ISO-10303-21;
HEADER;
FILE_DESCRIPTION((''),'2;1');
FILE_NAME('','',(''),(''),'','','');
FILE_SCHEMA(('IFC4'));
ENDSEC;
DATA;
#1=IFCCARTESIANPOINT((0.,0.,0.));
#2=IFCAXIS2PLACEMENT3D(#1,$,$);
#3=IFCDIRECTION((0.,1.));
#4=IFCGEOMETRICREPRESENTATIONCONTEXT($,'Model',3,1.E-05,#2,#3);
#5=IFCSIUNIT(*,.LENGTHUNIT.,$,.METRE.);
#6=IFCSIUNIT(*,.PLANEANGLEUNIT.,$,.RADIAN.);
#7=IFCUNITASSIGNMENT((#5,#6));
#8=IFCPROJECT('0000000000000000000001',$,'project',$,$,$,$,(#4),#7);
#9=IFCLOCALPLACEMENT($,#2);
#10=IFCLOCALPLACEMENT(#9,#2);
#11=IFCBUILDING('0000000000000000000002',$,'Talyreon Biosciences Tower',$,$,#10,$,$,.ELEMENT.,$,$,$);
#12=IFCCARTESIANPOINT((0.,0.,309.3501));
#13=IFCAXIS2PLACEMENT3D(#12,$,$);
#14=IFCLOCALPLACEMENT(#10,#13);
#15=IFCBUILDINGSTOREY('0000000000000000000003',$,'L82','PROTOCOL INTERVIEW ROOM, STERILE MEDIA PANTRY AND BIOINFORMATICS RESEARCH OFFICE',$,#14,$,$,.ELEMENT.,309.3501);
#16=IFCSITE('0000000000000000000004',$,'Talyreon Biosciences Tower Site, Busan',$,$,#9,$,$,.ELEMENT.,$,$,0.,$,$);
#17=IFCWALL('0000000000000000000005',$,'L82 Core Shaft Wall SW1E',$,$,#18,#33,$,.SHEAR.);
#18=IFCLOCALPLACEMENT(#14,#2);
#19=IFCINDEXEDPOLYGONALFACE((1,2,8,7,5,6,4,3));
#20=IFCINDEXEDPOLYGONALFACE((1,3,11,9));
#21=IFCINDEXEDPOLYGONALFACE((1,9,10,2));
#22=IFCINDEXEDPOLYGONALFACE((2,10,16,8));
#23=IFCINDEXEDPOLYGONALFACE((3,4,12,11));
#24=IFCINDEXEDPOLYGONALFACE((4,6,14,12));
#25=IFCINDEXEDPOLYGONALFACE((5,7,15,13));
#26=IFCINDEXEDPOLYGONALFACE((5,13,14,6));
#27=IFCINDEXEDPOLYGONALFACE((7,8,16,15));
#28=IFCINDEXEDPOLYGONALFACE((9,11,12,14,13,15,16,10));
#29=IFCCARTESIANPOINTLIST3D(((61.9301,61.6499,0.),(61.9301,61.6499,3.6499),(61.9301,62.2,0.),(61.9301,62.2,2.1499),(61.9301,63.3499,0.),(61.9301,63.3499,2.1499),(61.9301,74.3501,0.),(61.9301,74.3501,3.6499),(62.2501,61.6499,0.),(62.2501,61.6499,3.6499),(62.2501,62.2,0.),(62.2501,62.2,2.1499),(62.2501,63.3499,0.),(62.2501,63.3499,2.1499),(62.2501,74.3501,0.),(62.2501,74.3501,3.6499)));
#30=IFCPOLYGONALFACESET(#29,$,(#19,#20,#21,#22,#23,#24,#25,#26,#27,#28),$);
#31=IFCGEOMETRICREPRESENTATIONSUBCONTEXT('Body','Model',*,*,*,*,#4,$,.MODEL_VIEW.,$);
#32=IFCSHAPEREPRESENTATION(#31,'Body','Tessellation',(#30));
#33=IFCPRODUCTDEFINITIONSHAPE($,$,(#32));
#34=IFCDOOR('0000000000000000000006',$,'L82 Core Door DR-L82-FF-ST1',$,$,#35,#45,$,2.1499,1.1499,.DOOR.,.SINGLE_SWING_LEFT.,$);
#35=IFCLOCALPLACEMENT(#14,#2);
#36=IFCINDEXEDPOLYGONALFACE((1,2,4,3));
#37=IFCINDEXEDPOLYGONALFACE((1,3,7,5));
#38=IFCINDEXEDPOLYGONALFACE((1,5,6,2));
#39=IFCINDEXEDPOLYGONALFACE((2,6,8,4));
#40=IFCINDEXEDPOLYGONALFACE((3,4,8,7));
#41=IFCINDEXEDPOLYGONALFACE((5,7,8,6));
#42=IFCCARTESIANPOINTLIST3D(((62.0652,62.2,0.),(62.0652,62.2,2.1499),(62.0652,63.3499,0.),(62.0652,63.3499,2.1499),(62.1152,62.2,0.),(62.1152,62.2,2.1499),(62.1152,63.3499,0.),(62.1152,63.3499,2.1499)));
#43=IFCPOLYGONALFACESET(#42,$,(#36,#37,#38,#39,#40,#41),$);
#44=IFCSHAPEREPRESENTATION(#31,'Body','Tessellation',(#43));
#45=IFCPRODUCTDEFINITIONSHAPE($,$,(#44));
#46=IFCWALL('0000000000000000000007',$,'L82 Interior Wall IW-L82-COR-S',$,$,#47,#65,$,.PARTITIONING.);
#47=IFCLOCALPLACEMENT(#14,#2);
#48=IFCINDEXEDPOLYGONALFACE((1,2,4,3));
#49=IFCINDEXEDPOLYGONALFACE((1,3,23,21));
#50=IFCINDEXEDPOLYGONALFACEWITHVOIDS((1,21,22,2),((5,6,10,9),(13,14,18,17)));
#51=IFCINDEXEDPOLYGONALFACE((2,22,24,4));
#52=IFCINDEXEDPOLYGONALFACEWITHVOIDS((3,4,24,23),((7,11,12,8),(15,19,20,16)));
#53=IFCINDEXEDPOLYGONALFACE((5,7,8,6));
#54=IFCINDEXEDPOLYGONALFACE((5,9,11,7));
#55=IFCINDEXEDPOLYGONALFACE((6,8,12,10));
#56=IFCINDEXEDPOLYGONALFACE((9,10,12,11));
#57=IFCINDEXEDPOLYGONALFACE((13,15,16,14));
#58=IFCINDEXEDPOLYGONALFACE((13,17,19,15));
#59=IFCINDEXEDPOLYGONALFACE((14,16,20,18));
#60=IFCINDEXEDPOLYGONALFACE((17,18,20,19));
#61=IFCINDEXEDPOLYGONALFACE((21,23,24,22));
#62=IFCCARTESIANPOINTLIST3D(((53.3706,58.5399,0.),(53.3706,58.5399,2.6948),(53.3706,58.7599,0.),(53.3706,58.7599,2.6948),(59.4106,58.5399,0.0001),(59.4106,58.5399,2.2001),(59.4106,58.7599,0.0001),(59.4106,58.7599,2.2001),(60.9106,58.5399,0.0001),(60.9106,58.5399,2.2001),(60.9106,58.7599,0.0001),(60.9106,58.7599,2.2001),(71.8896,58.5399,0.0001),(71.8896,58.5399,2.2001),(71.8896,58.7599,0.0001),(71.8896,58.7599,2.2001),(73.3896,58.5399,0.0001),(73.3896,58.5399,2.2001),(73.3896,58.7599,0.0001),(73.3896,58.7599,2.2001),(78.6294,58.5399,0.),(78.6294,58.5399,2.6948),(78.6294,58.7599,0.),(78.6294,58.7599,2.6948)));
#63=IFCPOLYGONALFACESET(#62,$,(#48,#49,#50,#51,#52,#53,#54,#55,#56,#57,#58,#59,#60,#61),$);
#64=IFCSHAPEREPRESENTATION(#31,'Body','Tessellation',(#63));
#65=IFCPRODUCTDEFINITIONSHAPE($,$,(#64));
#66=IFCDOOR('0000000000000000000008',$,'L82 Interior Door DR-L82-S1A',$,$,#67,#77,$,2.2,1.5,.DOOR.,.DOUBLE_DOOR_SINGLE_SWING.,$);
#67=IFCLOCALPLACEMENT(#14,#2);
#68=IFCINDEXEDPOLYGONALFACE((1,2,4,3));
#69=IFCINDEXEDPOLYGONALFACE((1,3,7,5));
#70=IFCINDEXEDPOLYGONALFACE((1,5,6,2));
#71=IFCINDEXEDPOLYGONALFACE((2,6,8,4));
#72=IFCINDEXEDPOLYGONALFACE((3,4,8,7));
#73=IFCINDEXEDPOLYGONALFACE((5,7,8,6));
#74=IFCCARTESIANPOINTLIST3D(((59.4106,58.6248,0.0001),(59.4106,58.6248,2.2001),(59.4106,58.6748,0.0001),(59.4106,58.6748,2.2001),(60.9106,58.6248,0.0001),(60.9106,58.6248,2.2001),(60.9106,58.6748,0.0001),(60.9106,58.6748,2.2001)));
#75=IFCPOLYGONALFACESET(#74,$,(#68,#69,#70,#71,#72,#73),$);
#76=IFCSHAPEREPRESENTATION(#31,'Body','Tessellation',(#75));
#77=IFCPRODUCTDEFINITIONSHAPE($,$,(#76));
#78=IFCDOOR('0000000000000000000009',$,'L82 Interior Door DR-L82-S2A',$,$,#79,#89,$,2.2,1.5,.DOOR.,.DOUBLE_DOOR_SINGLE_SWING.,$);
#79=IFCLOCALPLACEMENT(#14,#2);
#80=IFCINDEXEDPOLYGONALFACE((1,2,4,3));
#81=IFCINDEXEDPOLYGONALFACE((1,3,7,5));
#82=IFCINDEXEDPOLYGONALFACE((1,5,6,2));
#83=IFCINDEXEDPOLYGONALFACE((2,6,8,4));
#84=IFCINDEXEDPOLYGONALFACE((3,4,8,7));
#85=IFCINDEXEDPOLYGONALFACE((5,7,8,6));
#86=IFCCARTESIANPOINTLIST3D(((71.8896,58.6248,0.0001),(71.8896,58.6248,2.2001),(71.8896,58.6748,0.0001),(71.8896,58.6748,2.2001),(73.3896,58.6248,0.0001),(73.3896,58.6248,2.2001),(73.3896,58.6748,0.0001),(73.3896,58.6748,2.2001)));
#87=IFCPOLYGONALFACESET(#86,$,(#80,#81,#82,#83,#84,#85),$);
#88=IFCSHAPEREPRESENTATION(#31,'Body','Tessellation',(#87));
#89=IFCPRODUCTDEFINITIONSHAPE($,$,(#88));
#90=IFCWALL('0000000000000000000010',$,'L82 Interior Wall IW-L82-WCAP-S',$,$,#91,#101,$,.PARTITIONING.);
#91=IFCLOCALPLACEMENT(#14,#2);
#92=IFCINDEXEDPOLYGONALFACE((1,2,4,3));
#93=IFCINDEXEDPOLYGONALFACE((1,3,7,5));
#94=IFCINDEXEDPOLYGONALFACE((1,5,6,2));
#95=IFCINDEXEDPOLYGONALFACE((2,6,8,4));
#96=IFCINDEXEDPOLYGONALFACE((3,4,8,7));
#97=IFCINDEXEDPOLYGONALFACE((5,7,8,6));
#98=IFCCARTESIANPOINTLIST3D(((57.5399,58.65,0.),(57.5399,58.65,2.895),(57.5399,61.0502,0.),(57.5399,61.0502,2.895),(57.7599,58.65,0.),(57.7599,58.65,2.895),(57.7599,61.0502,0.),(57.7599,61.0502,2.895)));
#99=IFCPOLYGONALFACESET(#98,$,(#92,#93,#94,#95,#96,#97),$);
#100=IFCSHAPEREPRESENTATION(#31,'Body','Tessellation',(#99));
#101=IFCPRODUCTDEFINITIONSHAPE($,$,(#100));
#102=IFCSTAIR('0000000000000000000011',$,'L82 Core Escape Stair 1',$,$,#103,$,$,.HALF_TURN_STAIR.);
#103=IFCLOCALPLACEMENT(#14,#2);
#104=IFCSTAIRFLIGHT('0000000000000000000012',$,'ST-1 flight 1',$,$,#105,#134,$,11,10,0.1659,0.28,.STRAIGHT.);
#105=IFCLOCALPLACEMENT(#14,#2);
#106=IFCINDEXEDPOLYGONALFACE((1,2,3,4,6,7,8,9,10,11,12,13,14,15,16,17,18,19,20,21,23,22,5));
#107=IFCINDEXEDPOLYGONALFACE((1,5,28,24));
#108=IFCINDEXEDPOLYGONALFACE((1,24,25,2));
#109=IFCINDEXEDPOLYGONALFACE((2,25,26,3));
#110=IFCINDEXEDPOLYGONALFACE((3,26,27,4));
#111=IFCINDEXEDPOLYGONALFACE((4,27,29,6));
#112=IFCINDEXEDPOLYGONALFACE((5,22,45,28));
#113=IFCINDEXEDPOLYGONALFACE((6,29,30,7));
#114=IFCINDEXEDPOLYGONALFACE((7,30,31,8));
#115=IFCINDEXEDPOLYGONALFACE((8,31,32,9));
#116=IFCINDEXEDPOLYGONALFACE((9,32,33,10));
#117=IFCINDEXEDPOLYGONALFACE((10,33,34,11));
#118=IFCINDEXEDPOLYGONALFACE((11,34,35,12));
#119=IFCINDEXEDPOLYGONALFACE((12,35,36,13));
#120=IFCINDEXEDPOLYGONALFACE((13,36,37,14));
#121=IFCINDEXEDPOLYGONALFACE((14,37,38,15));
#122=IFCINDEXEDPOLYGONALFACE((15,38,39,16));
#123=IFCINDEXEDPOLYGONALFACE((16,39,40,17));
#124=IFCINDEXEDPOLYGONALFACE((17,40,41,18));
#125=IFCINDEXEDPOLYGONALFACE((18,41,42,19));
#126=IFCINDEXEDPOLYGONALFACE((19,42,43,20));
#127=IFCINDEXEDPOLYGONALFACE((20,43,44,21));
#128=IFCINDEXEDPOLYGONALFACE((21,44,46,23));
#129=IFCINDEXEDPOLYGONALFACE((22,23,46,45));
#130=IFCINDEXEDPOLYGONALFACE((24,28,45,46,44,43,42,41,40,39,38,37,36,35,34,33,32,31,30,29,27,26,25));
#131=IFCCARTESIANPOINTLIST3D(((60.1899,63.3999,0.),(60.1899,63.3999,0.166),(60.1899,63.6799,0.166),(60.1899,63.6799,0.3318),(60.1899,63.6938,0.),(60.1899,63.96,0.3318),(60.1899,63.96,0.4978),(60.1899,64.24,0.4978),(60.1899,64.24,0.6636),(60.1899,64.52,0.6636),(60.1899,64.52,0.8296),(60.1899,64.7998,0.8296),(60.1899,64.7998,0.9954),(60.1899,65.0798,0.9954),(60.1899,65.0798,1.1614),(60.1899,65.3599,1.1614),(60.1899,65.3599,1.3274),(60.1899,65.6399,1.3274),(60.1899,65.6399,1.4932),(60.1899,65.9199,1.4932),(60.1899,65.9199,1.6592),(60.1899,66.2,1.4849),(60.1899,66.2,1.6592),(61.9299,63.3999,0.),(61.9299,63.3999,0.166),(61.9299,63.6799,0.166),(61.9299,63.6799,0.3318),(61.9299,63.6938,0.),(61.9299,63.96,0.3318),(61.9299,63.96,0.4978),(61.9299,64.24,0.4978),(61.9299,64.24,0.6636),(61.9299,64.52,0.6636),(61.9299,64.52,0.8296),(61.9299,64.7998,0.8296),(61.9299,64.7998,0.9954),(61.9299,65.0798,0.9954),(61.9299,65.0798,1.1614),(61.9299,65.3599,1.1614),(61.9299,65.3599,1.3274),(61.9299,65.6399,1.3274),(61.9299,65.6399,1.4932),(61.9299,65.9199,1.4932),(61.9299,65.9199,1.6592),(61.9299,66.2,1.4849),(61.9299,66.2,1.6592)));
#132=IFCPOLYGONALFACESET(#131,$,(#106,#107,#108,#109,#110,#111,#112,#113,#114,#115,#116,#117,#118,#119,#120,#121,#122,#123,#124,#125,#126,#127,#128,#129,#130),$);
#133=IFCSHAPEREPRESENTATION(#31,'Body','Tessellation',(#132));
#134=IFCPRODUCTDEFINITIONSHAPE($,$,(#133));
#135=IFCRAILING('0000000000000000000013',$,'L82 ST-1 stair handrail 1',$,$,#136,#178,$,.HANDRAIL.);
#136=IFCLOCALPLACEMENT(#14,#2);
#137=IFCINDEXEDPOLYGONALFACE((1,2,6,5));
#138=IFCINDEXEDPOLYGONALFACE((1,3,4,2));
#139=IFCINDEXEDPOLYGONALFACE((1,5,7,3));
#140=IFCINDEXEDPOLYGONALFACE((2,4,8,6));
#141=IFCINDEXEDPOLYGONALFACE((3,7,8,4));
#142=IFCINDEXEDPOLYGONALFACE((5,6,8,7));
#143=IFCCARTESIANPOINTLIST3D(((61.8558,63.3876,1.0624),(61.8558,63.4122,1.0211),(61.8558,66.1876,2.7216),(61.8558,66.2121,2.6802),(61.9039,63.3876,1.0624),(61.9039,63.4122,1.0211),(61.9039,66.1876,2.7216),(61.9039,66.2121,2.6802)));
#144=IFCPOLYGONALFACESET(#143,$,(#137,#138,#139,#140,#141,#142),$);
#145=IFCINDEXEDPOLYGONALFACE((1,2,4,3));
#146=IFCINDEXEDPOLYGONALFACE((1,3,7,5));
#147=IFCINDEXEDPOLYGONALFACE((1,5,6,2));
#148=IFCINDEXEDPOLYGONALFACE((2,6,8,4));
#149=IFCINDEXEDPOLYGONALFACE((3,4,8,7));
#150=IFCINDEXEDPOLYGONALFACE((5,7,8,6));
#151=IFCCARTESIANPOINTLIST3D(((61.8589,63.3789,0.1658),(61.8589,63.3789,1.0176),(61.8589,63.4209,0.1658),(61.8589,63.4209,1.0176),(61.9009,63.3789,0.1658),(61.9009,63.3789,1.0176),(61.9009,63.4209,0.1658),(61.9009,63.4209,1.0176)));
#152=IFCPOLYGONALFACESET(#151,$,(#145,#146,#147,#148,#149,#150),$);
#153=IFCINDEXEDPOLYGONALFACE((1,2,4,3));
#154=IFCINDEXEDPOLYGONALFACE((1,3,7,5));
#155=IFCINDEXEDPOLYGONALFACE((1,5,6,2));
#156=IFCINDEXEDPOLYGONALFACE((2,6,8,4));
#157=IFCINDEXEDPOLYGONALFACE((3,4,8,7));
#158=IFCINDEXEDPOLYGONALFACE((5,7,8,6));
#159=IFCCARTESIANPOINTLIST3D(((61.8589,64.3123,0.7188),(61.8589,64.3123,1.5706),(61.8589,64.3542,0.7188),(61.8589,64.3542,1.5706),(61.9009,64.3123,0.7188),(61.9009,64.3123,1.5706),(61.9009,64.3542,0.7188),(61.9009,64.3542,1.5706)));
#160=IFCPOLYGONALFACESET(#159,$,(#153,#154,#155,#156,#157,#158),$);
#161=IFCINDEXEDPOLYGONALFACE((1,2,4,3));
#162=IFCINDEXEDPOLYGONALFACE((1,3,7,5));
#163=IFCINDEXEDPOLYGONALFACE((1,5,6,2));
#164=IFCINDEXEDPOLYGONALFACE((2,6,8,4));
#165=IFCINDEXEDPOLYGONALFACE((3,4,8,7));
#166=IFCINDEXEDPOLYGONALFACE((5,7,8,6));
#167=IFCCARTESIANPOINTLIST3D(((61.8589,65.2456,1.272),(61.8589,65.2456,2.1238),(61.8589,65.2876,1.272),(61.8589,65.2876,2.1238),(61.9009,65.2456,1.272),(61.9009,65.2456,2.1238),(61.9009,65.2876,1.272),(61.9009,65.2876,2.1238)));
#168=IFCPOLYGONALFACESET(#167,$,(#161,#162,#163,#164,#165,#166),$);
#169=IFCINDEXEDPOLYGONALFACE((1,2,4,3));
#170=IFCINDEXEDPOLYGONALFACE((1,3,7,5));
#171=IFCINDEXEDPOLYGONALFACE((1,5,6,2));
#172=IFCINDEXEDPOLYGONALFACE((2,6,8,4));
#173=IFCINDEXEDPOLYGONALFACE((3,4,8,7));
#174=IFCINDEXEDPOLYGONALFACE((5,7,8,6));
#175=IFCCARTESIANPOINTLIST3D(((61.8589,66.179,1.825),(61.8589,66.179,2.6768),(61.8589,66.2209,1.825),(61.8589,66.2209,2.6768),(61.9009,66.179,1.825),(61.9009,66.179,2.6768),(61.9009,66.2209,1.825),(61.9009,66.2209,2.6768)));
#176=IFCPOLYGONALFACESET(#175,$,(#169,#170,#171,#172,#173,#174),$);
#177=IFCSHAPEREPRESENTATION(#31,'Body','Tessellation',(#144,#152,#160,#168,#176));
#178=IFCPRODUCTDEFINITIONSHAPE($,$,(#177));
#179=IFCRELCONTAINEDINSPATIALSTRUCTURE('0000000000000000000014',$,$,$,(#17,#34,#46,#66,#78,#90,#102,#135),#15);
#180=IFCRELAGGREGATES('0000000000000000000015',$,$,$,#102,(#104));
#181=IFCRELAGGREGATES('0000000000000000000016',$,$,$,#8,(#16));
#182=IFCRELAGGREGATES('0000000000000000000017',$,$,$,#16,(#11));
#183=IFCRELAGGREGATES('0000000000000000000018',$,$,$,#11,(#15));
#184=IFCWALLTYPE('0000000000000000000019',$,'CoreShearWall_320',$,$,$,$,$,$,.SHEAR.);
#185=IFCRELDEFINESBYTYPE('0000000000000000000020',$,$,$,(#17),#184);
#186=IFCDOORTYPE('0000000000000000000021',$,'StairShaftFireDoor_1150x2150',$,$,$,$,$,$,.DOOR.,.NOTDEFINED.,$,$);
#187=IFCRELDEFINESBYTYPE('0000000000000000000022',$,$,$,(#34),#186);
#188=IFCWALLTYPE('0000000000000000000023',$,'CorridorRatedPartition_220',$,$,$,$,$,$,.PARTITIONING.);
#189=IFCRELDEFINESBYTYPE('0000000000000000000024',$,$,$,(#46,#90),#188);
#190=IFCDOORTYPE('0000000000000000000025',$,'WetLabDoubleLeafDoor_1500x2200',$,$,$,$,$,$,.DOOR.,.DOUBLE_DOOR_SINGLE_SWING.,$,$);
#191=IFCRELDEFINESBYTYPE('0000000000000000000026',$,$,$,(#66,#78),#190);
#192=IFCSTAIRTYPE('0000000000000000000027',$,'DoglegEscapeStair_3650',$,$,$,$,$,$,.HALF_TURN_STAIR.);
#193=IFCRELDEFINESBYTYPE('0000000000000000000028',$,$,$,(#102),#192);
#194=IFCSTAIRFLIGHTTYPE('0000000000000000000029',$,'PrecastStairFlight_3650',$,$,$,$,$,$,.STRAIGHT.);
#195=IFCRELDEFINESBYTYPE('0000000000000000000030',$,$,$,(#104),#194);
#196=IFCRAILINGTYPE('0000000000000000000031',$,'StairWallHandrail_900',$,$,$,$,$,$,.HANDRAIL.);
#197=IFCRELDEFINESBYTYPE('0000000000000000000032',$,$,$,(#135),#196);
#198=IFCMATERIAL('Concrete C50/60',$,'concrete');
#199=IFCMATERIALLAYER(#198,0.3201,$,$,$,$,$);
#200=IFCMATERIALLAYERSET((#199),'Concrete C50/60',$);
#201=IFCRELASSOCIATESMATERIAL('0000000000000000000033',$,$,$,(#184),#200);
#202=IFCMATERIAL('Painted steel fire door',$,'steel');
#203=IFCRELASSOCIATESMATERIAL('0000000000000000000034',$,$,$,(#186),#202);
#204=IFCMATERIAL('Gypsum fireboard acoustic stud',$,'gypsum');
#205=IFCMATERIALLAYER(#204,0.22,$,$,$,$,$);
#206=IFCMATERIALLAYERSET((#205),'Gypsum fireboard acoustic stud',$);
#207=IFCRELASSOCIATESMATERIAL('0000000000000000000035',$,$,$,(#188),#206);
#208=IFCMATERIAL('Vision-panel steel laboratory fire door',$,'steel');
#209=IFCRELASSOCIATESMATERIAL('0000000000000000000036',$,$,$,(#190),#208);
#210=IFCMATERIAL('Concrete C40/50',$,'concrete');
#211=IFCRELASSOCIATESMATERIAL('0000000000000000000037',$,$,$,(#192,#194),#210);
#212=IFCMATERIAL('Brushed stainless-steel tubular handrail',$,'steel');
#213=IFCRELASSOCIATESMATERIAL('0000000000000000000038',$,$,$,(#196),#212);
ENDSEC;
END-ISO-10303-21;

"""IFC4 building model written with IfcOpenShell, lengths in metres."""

from ifc_helpers import new_model, si_unit, direction, frame, frame_2d, origin, origin_2d, place, context, subcontext, project, spatial, polyline, rectangle, outline, extrude, material, layer, layer_set, type_object, element, fill, aggregate, save


model = new_model("IFC4")

# Units and contexts
model_context = context("Model", 3, precision=1e-05, world=origin(), true_north=direction((0.0, 1.0)))
body_context = subcontext(model_context, "Body", "Model", "MODEL_VIEW")
ifc_project = project(units=[si_unit("LENGTHUNIT", "METRE"), si_unit("PLANEANGLEUNIT", "RADIAN")], contexts=[model_context])

# Site, building, storey
site_placement = place(None, origin())
site = spatial("IfcSite", under=ifc_project, at=site_placement, Name="Talyreon Biosciences Tower Site, Busan", CompositionType="ELEMENT", RefElevation=0.0)
building_placement = place(site_placement, origin())
building = spatial("IfcBuilding", under=site, at=building_placement, Name="Talyreon Biosciences Tower", CompositionType="ELEMENT")
storey_placement = place(building_placement, frame((0.0, 0.0, 309.3501)))
storey = spatial("IfcBuildingStorey", under=building, at=storey_placement, Name="L82", Description="PROTOCOL INTERVIEW ROOM, STERILE MEDIA PANTRY AND BIOINFORMATICS RESEARCH OFFICE", CompositionType="ELEMENT", Elevation=309.3501)

# Shared definitions
ifc_material_1 = material(Name="Concrete C50/60", Category="concrete")

# Wall, opening, door
ifc_layer_1 = layer(ifc_material_1, 0.3201)
ifc_layer_set_1 = layer_set([ifc_layer_1], Name="Concrete C50/60")
wall_type_1 = type_object("IfcWallType", Name="CoreShearWall_320", PredefinedType="SHEAR", material=ifc_layer_set_1)
wall_1_placement = place(storey_placement, frame((62.0901, 61.6499, 0.0), z_axis=(0.0, 0.0, 1.0), x_axis=(0.0, 1.0, 0.0)))
wall_1 = element("IfcWall", 1, at=wall_1_placement, inside=storey, type_object=wall_type_1, Name="L82 Core Shaft Wall SW1E", PredefinedType="SHEAR", context=body_context, shape_type="SweptSolid", body=[
    extrude(rectangle(XDim=12.7002, YDim=0.3201, at=frame_2d((6.3501, 0.0))), origin(), (0.0, 0.0, 1.0), 3.6499),
])
opening_1_placement = place(wall_1_placement, frame((0.55, 0.0, 0.0)))
opening_1 = element("IfcOpeningElement", 2, at=opening_1_placement, cuts=wall_1, PredefinedType="OPENING", context=body_context, shape_type="SweptSolid", body=[
    extrude(rectangle(XDim=1.1499, YDim=2.1499, at=frame_2d((0.575, 1.075))), frame((0.0, 0.1699, 0.0), z_axis=(0.0, -1.0, 0.0), x_axis=(1.0, 0.0, 0.0)), (0.0, 0.0, 1.0), 0.3401),
])
ifc_material_2 = material(Name="Painted steel fire door", Category="steel")
door_type_1 = type_object("IfcDoorType", Name="StairShaftFireDoor_1150x2150", OperationType="NOTDEFINED", PredefinedType="DOOR", material=ifc_material_2)
door_1_placement = place(opening_1_placement, origin())
door_1 = element("IfcDoor", 3, at=door_1_placement, inside=storey, type_object=door_type_1, Name="L82 Core Door DR-L82-FF-ST1", OperationType="SINGLE_SWING_LEFT", OverallHeight=2.1499, OverallWidth=1.1499, PredefinedType="DOOR", context=body_context, shape_type="SweptSolid", body=[
    extrude(rectangle(XDim=1.1499, YDim=2.1499, at=frame_2d((0.575, 1.075))), frame((0.0, 0.0249, 0.0), z_axis=(0.0, -1.0, 0.0), x_axis=(1.0, 0.0, 0.0)), (0.0, 0.0, 1.0), 0.05),
])
fill(opening_1, door_1)

# Wall, openings, doors
ifc_material_3 = material(Name="Gypsum fireboard acoustic stud", Category="gypsum")
ifc_layer_2 = layer(ifc_material_3, 0.22)
ifc_layer_set_2 = layer_set([ifc_layer_2], Name="Gypsum fireboard acoustic stud")
wall_type_2 = type_object("IfcWallType", Name="CorridorRatedPartition_220", PredefinedType="PARTITIONING", material=ifc_layer_set_2)
wall_2_placement = place(storey_placement, frame((53.3706, 58.6499, 0.0), z_axis=(0.0, 0.0, 1.0), x_axis=(1.0, 0.0, 0.0)))
wall_2 = element("IfcWall", 4, at=wall_2_placement, inside=storey, type_object=wall_type_2, Name="L82 Interior Wall IW-L82-COR-S", PredefinedType="PARTITIONING", context=body_context, shape_type="SweptSolid", body=[
    extrude(rectangle(XDim=25.2588, YDim=0.22, at=frame_2d((12.6294, 0.0))), origin(), (0.0, 0.0, 1.0), 2.6948),
])
opening_2_placement = place(wall_2_placement, frame((6.04, 0.0, 0.0)))
opening_2 = element("IfcOpeningElement", 5, at=opening_2_placement, cuts=wall_2, PredefinedType="OPENING", context=body_context, shape_type="SweptSolid", body=[
    extrude(rectangle(XDim=1.5, YDim=2.2, at=frame_2d((0.75, 1.1001))), frame((0.0, 0.1199, 0.0), z_axis=(0.0, -1.0, 0.0), x_axis=(1.0, 0.0, 0.0)), (0.0, 0.0, 1.0), 0.24),
])
opening_3_placement = place(wall_2_placement, frame((18.519, 0.0, 0.0)))
opening_3 = element("IfcOpeningElement", 6, at=opening_3_placement, cuts=wall_2, PredefinedType="OPENING", context=body_context, shape_type="SweptSolid", body=[
    extrude(rectangle(XDim=1.5, YDim=2.2, at=frame_2d((0.75, 1.1001))), frame((0.0, 0.1199, 0.0), z_axis=(0.0, -1.0, 0.0), x_axis=(1.0, 0.0, 0.0)), (0.0, 0.0, 1.0), 0.24),
])
ifc_material_4 = material(Name="Vision-panel steel laboratory fire door", Category="steel")
door_type_2 = type_object("IfcDoorType", Name="WetLabDoubleLeafDoor_1500x2200", OperationType="DOUBLE_DOOR_SINGLE_SWING", PredefinedType="DOOR", material=ifc_material_4)
door_2_placement = place(opening_2_placement, origin())
door_2 = element("IfcDoor", 7, at=door_2_placement, inside=storey, type_object=door_type_2, Name="L82 Interior Door DR-L82-S1A", OperationType="DOUBLE_DOOR_SINGLE_SWING", OverallHeight=2.2, OverallWidth=1.5, PredefinedType="DOOR", context=body_context, shape_type="SweptSolid", body=[
    extrude(rectangle(XDim=1.5, YDim=2.2, at=frame_2d((0.75, 1.1001))), frame((0.0, 0.0249, 0.0), z_axis=(0.0, -1.0, 0.0), x_axis=(1.0, 0.0, 0.0)), (0.0, 0.0, 1.0), 0.05),
])
fill(opening_2, door_2)
door_3_placement = place(opening_3_placement, origin())
door_3 = element("IfcDoor", 8, at=door_3_placement, inside=storey, type_object=door_type_2, Name="L82 Interior Door DR-L82-S2A", OperationType="DOUBLE_DOOR_SINGLE_SWING", OverallHeight=2.2, OverallWidth=1.5, PredefinedType="DOOR", context=body_context, shape_type="SweptSolid", body=[
    extrude(rectangle(XDim=1.5, YDim=2.2, at=frame_2d((0.75, 1.1001))), frame((0.0, 0.0249, 0.0), z_axis=(0.0, -1.0, 0.0), x_axis=(1.0, 0.0, 0.0)), (0.0, 0.0, 1.0), 0.05),
])
fill(opening_3, door_3)

# Wall
wall_3_placement = place(storey_placement, frame((57.6499, 58.6499, 0.0), z_axis=(0.0, 0.0, 1.0), x_axis=(0.0, 1.0, 0.0)))
element("IfcWall", 9, at=wall_3_placement, inside=storey, type_object=wall_type_2, Name="L82 Interior Wall IW-L82-WCAP-S", PredefinedType="PARTITIONING", context=body_context, shape_type="SweptSolid", body=[
    extrude(rectangle(XDim=2.4001, YDim=0.22, at=frame_2d((1.2002, 0.0))), origin(), (0.0, 0.0, 1.0), 2.895),
])

# Stair, stair flight
ifc_material_5 = material(Name="Concrete C40/50", Category="concrete")
stair_type = type_object("IfcStairType", Name="DoglegEscapeStair_3650", PredefinedType="HALF_TURN_STAIR", material=ifc_material_5)
stair_placement = place(storey_placement, origin())
stair = element("IfcStair", 10, at=stair_placement, inside=storey, type_object=stair_type, Name="L82 Core Escape Stair 1", PredefinedType="HALF_TURN_STAIR")
stair_flight_type = type_object("IfcStairFlightType", Name="PrecastStairFlight_3650", PredefinedType="STRAIGHT", material=ifc_material_5)
stair_flight_placement = place(storey_placement, frame((61.0601, 63.3999, 0.0), z_axis=(0.0, 0.0, 1.0), x_axis=(0.0, 1.0, 0.0)))
stair_flight = element("IfcStairFlight", 11, at=stair_flight_placement, type_object=stair_flight_type, Name="ST-1 flight 1", NumberOfRisers=11, NumberOfTreads=10, PredefinedType="STRAIGHT", RiserHeight=0.1659, TreadLength=0.28, context=body_context, shape_type="SweptSolid", body=[
    extrude(outline(polyline([(0.0, 0.0), (0.0, 0.166), (0.28, 0.166), (0.28, 0.3318), (0.5601, 0.3318), (0.5601, 0.4978), (0.8401, 0.4978), (0.8401, 0.6636), (1.1201, 0.6636), (1.1201, 0.8296), (1.3999, 0.8296), (1.3999, 0.9954), (1.6799, 0.9954), (1.6799, 1.1614), (1.96, 1.1614), (1.96, 1.3274), (2.24, 1.3274), (2.24, 1.4932), (2.52, 1.4932), (2.52, 1.6592), (2.8, 1.6592), (2.8, 1.825), (2.8, 1.4849), (0.2939, 0.0), (0.0, 0.0)])), frame((0.0, 0.8701, 0.0), z_axis=(0.0, -1.0, 0.0), x_axis=(1.0, 0.0, 0.0)), (0.0, 0.0, 1.0), 1.74),
])
aggregate(stair, [stair_flight])

# Railing
ifc_material_6 = material(Name="Brushed stainless-steel tubular handrail", Category="steel")
railing_type_1 = type_object("IfcRailingType", Name="StairWallHandrail_900", PredefinedType="HANDRAIL", material=ifc_material_6)
railing_1_placement = place(storey_placement, frame((61.8799, 63.3999, 0.1658)))
element("IfcRailing", 12, at=railing_1_placement, inside=storey, type_object=railing_type_1, Name="L82 ST-1 stair handrail 1", PredefinedType="HANDRAIL", context=body_context, shape_type="SweptSolid", body=[
    extrude(rectangle(XDim=0.0481, YDim=0.0481, at=origin_2d()), frame((0.0, 0.0, 0.876), z_axis=(0.0, 0.860306, 0.509778), x_axis=(-1.0, 0.0, 0.0)), (0.0, 0.0, 1.0), 3.2546),
    extrude(rectangle(XDim=0.042, YDim=0.042, at=origin_2d()), origin(), (0.0, 0.0, 1.0), 0.8518),
    extrude(rectangle(XDim=0.042, YDim=0.042, at=origin_2d()), frame((0.0, 0.9333, 0.553)), (0.0, 0.0, 1.0), 0.8518),
    extrude(rectangle(XDim=0.042, YDim=0.042, at=origin_2d()), frame((0.0, 1.8667, 1.1062)), (0.0, 0.0, 1.0), 0.8518),
    extrude(rectangle(XDim=0.042, YDim=0.042, at=origin_2d()), frame((0.0, 2.8, 1.6592)), (0.0, 0.0, 1.0), 0.8518),
])

save(model, "model.ifc")
